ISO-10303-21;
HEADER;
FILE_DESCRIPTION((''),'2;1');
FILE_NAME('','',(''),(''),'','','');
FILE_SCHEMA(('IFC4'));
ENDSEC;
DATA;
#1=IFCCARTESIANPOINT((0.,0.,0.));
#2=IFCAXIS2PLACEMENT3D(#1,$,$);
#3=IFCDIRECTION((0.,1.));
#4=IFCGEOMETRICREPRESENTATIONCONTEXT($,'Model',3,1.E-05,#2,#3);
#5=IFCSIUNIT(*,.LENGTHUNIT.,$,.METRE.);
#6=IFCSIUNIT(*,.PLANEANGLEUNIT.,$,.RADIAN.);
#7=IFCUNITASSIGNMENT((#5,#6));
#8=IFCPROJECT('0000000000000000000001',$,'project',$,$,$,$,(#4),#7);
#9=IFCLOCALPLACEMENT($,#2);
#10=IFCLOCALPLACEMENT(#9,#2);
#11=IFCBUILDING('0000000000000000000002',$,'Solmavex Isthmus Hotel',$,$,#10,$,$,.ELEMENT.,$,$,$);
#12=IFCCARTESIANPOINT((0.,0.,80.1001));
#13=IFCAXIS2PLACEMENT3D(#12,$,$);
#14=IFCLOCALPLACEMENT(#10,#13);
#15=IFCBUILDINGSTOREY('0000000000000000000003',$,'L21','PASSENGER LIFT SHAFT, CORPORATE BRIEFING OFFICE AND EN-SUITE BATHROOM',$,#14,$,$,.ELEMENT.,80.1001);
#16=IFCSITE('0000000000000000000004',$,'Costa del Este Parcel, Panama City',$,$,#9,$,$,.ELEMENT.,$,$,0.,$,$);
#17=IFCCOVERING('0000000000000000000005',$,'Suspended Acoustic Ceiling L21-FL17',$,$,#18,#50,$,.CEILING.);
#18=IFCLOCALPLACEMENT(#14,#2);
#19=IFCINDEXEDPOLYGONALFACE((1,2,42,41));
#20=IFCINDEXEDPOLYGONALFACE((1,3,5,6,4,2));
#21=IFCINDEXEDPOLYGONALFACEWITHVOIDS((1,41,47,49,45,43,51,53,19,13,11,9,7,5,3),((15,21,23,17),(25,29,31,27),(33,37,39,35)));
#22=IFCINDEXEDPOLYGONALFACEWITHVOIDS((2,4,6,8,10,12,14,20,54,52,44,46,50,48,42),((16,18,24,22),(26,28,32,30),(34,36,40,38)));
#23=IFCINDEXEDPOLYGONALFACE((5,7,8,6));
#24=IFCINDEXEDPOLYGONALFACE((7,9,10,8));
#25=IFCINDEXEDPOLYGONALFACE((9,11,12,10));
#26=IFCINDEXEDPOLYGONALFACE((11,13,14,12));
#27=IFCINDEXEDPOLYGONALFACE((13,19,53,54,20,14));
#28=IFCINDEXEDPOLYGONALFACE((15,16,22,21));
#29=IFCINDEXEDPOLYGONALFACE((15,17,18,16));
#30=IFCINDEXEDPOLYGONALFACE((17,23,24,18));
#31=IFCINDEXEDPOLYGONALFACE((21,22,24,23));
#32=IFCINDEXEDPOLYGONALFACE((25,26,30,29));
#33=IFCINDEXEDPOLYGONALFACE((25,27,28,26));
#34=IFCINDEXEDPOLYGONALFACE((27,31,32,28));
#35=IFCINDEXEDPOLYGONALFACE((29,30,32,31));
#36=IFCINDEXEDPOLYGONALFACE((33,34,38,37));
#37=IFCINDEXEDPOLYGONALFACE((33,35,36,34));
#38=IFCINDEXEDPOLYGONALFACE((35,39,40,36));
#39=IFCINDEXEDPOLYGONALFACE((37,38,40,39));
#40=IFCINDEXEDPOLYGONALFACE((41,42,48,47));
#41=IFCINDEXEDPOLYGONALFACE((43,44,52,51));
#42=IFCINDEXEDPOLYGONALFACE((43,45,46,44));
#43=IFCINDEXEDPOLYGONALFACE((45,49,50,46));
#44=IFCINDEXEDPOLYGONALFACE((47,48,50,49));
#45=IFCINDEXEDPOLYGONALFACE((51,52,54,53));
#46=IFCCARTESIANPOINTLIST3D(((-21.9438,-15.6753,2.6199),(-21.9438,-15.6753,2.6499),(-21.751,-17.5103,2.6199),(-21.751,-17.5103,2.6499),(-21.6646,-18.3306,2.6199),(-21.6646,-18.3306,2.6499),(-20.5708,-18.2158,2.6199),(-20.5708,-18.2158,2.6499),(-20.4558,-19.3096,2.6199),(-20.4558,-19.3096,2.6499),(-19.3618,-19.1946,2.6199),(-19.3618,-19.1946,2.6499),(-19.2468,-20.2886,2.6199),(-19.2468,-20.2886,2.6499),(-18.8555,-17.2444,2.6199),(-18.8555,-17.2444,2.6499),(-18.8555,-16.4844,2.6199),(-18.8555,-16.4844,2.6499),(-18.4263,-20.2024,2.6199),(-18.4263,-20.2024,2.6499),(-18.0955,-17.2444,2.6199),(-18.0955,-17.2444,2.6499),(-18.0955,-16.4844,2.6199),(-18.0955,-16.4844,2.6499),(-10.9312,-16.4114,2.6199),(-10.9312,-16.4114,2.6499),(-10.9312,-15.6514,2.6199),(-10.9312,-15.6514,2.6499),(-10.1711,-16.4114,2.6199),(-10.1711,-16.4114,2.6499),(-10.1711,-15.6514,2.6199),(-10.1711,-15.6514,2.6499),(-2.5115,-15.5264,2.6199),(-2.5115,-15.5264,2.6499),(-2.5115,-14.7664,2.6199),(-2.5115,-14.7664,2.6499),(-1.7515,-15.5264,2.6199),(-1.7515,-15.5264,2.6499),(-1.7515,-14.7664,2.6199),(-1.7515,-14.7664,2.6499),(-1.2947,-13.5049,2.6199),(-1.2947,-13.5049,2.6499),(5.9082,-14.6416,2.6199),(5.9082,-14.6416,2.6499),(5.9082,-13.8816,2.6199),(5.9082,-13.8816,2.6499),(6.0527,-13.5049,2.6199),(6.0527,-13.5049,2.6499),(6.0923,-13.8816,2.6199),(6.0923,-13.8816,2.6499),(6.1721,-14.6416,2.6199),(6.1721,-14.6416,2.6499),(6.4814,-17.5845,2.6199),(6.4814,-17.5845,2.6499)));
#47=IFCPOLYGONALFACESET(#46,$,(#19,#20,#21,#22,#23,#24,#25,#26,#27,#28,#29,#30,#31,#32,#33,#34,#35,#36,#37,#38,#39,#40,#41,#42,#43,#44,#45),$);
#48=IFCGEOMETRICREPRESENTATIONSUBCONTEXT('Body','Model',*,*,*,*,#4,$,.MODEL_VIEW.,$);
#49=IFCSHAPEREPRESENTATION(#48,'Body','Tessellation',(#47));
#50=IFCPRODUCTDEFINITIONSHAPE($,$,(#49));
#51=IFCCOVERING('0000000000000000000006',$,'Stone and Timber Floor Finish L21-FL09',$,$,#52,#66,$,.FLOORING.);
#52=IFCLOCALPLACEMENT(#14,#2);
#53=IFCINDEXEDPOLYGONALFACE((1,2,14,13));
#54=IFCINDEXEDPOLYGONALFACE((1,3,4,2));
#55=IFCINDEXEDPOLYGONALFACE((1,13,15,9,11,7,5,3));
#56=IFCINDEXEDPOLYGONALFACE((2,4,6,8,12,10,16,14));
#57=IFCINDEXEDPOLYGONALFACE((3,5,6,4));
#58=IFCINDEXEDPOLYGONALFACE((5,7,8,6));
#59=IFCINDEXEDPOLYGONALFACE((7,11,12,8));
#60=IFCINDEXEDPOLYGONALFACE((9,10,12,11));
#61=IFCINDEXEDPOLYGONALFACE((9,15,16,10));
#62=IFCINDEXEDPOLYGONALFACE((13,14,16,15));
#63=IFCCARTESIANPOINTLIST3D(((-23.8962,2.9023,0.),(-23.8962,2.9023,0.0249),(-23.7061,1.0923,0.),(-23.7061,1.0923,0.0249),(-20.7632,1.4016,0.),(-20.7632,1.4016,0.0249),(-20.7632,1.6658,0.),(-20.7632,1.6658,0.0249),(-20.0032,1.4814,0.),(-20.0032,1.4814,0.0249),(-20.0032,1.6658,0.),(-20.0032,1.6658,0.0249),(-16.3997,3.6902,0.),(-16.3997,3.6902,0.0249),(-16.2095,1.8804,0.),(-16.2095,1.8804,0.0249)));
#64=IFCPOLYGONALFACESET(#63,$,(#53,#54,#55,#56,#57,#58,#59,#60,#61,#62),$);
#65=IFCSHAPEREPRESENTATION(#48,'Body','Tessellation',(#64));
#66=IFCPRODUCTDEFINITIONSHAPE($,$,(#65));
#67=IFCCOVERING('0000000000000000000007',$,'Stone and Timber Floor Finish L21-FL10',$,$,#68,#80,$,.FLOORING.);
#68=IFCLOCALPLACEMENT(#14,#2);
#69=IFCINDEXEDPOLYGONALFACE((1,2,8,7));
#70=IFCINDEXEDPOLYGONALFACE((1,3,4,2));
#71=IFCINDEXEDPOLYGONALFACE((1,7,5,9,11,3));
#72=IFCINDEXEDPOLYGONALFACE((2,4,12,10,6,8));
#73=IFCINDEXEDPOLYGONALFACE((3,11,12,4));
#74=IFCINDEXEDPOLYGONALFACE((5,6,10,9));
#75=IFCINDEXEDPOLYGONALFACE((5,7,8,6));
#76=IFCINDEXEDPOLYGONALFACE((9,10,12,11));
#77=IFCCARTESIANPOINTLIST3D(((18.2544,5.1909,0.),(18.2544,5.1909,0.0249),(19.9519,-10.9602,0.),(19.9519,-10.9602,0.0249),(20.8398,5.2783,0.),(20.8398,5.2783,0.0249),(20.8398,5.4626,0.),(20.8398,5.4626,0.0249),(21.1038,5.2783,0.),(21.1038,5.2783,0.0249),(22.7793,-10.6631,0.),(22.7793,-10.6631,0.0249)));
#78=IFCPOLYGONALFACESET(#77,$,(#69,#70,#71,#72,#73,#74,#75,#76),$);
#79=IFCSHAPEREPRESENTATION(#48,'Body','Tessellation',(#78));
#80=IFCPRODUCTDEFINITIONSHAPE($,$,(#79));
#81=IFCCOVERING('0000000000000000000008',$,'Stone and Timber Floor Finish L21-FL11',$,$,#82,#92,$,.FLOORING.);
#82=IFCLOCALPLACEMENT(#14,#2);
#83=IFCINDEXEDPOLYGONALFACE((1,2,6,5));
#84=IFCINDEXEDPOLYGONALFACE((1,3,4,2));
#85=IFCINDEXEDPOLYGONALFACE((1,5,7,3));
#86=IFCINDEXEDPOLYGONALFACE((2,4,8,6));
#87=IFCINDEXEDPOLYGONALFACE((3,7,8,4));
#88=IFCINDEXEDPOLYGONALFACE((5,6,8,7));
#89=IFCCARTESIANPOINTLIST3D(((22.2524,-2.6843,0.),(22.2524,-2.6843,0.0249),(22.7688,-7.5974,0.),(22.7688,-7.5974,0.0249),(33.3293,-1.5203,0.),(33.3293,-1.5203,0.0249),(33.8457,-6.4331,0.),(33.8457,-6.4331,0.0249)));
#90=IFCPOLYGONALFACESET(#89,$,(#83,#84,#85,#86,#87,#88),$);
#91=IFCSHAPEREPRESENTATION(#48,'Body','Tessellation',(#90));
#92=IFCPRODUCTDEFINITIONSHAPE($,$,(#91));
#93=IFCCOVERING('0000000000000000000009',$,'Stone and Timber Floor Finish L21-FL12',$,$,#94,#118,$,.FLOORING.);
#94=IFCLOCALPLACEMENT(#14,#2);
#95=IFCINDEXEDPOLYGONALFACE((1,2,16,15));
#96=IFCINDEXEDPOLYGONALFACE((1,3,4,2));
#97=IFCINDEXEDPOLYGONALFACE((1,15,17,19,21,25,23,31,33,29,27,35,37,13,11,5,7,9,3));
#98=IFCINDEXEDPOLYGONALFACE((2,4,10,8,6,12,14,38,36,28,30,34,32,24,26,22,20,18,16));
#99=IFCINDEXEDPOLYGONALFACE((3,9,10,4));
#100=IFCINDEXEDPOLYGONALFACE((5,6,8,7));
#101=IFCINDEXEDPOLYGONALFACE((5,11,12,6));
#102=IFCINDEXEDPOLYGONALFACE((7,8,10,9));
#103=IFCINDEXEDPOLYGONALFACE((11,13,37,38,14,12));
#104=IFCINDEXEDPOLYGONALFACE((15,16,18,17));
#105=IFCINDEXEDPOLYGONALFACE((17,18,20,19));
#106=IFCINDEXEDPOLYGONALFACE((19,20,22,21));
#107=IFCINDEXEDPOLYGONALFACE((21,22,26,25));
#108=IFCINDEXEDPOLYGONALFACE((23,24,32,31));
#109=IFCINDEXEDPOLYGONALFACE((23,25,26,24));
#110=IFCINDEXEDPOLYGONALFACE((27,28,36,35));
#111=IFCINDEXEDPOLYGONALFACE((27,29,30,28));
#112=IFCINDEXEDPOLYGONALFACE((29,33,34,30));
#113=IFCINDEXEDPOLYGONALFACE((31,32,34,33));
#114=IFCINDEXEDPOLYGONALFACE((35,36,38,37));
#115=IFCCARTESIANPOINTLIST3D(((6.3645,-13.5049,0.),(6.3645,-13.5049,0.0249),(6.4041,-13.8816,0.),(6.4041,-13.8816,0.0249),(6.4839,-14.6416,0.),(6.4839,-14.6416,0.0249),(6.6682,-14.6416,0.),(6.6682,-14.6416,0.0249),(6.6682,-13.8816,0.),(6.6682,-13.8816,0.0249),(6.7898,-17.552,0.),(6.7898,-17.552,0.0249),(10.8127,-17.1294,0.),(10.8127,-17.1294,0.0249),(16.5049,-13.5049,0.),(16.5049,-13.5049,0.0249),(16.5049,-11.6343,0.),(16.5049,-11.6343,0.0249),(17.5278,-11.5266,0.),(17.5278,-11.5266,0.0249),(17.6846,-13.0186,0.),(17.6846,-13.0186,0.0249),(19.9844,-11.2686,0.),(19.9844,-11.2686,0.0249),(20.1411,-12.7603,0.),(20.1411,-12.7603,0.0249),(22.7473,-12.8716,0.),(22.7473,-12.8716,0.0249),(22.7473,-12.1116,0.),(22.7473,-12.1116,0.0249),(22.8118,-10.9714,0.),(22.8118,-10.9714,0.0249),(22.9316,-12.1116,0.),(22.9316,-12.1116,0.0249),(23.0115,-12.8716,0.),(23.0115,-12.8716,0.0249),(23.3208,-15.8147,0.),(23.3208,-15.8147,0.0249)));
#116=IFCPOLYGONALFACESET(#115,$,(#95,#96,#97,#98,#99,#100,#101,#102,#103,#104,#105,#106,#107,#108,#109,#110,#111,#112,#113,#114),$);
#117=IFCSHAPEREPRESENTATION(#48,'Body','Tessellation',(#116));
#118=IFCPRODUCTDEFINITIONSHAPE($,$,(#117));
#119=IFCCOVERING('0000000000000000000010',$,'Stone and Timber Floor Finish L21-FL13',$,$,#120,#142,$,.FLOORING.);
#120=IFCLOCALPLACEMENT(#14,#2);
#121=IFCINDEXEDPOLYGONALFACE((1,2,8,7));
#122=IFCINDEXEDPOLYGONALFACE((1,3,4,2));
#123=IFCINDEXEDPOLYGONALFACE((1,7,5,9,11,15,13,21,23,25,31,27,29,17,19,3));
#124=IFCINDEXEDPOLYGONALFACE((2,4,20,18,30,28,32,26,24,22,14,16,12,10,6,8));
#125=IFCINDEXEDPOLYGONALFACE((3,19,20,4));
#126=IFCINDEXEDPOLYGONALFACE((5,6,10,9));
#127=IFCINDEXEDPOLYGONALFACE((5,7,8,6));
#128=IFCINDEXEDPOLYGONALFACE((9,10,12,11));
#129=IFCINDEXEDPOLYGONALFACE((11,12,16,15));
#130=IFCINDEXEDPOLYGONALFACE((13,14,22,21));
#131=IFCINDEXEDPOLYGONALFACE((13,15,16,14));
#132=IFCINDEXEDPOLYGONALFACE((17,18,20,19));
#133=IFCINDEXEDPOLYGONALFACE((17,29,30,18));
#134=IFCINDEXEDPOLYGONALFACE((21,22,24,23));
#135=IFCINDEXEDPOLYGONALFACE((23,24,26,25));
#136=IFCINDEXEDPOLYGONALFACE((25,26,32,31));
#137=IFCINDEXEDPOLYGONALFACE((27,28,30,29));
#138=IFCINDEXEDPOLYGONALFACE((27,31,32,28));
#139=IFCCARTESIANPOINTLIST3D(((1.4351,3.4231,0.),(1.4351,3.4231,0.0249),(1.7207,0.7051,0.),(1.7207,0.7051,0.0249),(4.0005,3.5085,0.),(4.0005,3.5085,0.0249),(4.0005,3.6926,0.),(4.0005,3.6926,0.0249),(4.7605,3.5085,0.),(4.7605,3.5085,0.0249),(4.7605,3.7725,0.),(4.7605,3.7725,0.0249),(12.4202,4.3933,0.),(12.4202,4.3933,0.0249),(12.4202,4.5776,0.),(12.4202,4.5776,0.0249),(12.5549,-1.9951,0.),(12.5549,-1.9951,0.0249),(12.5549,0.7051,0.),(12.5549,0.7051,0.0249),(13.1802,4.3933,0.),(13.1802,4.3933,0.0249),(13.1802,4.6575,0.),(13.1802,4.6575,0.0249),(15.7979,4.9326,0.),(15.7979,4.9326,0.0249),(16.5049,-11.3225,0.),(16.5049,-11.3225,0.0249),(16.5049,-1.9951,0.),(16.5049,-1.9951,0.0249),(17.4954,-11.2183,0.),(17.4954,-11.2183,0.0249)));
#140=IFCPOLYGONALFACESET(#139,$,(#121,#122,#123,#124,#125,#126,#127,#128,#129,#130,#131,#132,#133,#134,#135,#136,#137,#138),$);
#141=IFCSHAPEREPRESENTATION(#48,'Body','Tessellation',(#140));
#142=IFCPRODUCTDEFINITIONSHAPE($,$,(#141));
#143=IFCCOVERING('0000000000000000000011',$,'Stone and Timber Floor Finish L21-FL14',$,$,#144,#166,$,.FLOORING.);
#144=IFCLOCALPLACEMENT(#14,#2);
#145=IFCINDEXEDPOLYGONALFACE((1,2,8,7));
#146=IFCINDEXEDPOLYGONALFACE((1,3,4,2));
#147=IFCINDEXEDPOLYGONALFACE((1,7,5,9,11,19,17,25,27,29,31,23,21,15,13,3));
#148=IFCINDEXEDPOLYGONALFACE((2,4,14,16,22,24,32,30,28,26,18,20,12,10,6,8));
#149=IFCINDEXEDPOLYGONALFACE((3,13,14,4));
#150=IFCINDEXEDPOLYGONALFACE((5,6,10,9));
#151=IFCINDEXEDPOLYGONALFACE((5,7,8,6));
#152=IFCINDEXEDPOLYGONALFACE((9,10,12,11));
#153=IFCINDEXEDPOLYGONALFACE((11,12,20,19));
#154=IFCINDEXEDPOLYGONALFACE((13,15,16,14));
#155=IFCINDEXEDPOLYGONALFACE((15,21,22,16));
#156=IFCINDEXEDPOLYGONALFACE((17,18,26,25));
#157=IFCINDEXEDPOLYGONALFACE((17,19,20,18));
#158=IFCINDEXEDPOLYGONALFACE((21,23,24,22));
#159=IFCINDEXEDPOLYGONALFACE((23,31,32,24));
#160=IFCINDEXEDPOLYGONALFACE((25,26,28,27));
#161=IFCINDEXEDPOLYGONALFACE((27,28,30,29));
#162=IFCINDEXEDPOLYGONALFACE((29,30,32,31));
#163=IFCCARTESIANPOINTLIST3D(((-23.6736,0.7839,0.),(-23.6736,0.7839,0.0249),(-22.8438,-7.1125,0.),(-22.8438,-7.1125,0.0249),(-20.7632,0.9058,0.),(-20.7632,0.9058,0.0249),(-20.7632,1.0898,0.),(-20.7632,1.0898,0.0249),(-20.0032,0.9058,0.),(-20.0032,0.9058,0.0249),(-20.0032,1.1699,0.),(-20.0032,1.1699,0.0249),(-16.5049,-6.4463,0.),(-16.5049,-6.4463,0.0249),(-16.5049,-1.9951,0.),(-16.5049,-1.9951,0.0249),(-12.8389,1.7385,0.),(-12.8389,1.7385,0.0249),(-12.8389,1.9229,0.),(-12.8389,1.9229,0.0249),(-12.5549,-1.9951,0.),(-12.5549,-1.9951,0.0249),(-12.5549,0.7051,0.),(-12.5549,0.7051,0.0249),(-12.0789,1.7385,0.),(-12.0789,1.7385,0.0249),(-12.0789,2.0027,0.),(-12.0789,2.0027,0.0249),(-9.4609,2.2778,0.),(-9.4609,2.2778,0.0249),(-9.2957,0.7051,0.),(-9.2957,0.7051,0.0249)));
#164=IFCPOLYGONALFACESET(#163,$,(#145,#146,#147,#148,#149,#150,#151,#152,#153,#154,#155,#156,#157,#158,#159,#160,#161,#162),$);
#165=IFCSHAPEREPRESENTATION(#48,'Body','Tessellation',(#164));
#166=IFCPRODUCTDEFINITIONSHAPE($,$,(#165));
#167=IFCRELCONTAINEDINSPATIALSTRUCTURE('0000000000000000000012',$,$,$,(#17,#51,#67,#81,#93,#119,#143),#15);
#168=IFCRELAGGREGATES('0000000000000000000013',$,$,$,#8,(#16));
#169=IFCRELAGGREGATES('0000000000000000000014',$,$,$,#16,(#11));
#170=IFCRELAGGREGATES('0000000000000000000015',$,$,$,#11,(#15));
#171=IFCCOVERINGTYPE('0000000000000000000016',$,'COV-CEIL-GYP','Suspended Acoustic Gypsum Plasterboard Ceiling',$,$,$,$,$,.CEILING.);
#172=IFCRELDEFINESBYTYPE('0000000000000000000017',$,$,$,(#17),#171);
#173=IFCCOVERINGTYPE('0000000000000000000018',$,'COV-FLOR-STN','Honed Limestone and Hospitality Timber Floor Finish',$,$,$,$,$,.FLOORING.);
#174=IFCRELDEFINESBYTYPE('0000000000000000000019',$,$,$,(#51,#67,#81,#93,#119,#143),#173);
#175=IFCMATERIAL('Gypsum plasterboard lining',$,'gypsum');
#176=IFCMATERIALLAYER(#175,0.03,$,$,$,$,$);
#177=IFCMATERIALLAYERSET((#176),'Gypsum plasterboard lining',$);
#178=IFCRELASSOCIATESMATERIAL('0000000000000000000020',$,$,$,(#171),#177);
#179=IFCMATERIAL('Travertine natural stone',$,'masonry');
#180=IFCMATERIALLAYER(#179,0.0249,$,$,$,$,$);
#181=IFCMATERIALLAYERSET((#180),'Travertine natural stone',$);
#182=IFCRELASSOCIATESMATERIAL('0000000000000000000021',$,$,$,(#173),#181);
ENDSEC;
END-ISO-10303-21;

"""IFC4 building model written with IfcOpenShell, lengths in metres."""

from ifc_helpers import new_model, si_unit, direction, frame, origin, place, context, subcontext, project, spatial, polyline, outline, extrude, material, layer, layer_set, type_object, element, save


model = new_model("IFC4")

# Units and contexts
model_context = context("Model", 3, precision=1e-05, world=origin(), true_north=direction((0.0, 1.0)))
body_context = subcontext(model_context, "Body", "Model", "MODEL_VIEW")
ifc_project = project(units=[si_unit("LENGTHUNIT", "METRE"), si_unit("PLANEANGLEUNIT", "RADIAN")], contexts=[model_context])

# Site, building, storey
site_placement = place(None, origin())
site = spatial("IfcSite", under=ifc_project, at=site_placement, Name="Costa del Este Parcel, Panama City", CompositionType="ELEMENT", RefElevation=0.0)
building_placement = place(site_placement, origin())
building = spatial("IfcBuilding", under=site, at=building_placement, Name="Solmavex Isthmus Hotel", CompositionType="ELEMENT")
storey_placement = place(building_placement, frame((0.0, 0.0, 80.1001)))
storey = spatial("IfcBuildingStorey", under=building, at=storey_placement, Name="L21", Description="PASSENGER LIFT SHAFT, CORPORATE BRIEFING OFFICE AND EN-SUITE BATHROOM", CompositionType="ELEMENT", Elevation=80.1001)

# Shared definitions
ifc_material_1 = material(Name="Gypsum plasterboard lining", Category="gypsum")

# Coverings
ifc_layer_1 = layer(ifc_material_1, 0.03)
ifc_layer_set_1 = layer_set([ifc_layer_1], Name="Gypsum plasterboard lining")
covering_type_1 = type_object("IfcCoveringType", Name="COV-CEIL-GYP", Description="Suspended Acoustic Gypsum Plasterboard Ceiling", PredefinedType="CEILING", material=ifc_layer_set_1)
covering_1_placement = place(storey_placement, frame((0.0, 0.0, 2.6199)))
element("IfcCovering", 1, at=covering_1_placement, inside=storey, type_object=covering_type_1, Name="Suspended Acoustic Ceiling L21-FL17", PredefinedType="CEILING", context=body_context, shape_type="SweptSolid", body=[
    extrude(outline(polyline([(6.1721, -14.6416), (5.9082, -14.6416), (5.9082, -13.8816), (6.0923, -13.8816), (6.0527, -13.5049), (-1.2947, -13.5049), (-21.9438, -15.6753), (-21.751, -17.5103), (-21.6646, -18.3306), (-20.5708, -18.2158), (-20.4558, -19.3096), (-19.3618, -19.1946), (-19.2468, -20.2886), (-18.4263, -20.2024), (6.4814, -17.5845), (6.1721, -14.6416)]), holes=[polyline([(-2.5115, -15.5264), (-2.5115, -14.7664), (-1.7515, -14.7664), (-1.7515, -15.5264), (-2.5115, -15.5264)]), polyline([(-10.9312, -16.4114), (-10.9312, -15.6514), (-10.1711, -15.6514), (-10.1711, -16.4114), (-10.9312, -16.4114)]), polyline([(-18.8555, -17.2444), (-18.8555, -16.4844), (-18.0955, -16.4844), (-18.0955, -17.2444), (-18.8555, -17.2444)])]), origin(), (0.0, 0.0, 1.0), 0.03),
])
ifc_material_2 = material(Name="Travertine natural stone", Category="masonry")
ifc_layer_2 = layer(ifc_material_2, 0.0249)
ifc_layer_set_2 = layer_set([ifc_layer_2], Name="Travertine natural stone")
covering_type_2 = type_object("IfcCoveringType", Name="COV-FLOR-STN", Description="Honed Limestone and Hospitality Timber Floor Finish", PredefinedType="FLOORING", material=ifc_layer_set_2)
covering_2_placement = place(storey_placement, origin())
element("IfcCovering", 2, at=covering_2_placement, inside=storey, type_object=covering_type_2, Name="Stone and Timber Floor Finish L21-FL09", PredefinedType="FLOORING", context=body_context, shape_type="SweptSolid", body=[
    extrude(outline(polyline([(-16.2095, 1.8804), (-16.3997, 3.6902), (-23.8962, 2.9023), (-23.7061, 1.0923), (-20.7632, 1.4016), (-20.7632, 1.6658), (-20.0032, 1.6658), (-20.0032, 1.4814), (-16.2095, 1.8804)])), origin(), (0.0, 0.0, 1.0), 0.0249),
])
covering_3_placement = place(storey_placement, origin())
element("IfcCovering", 3, at=covering_3_placement, inside=storey, type_object=covering_type_2, Name="Stone and Timber Floor Finish L21-FL10", PredefinedType="FLOORING", context=body_context, shape_type="SweptSolid", body=[
    extrude(outline(polyline([(21.1038, 5.2783), (20.8398, 5.2783), (20.8398, 5.4626), (18.2544, 5.1909), (19.9519, -10.9602), (22.7793, -10.6631), (21.1038, 5.2783)])), origin(), (0.0, 0.0, 1.0), 0.0249),
])
covering_4_placement = place(storey_placement, origin())
element("IfcCovering", 4, at=covering_4_placement, inside=storey, type_object=covering_type_2, Name="Stone and Timber Floor Finish L21-FL11", PredefinedType="FLOORING", context=body_context, shape_type="SweptSolid", body=[
    extrude(outline(polyline([(33.3293, -1.5203), (22.2524, -2.6843), (22.7688, -7.5974), (33.8457, -6.4331), (33.3293, -1.5203)])), origin(), (0.0, 0.0, 1.0), 0.0249),
])
covering_5_placement = place(storey_placement, origin())
element("IfcCovering", 5, at=covering_5_placement, inside=storey, type_object=covering_type_2, Name="Stone and Timber Floor Finish L21-FL12", PredefinedType="FLOORING", context=body_context, shape_type="SweptSolid", body=[
    extrude(outline(polyline([(23.0115, -12.8716), (22.7473, -12.8716), (22.7473, -12.1116), (22.9316, -12.1116), (22.8118, -10.9714), (19.9844, -11.2686), (20.1411, -12.7603), (17.6846, -13.0186), (17.5278, -11.5266), (16.5049, -11.6343), (16.5049, -13.5049), (6.3645, -13.5049), (6.4041, -13.8816), (6.6682, -13.8816), (6.6682, -14.6416), (6.4839, -14.6416), (6.7898, -17.552), (10.8127, -17.1294), (23.3208, -15.8147), (23.0115, -12.8716)])), origin(), (0.0, 0.0, 1.0), 0.0249),
])
covering_6_placement = place(storey_placement, origin())
element("IfcCovering", 6, at=covering_6_placement, inside=storey, type_object=covering_type_2, Name="Stone and Timber Floor Finish L21-FL13", PredefinedType="FLOORING", context=body_context, shape_type="SweptSolid", body=[
    extrude(outline(polyline([(4.7605, 3.7725), (4.7605, 3.5085), (4.0005, 3.5085), (4.0005, 3.6926), (1.4351, 3.4231), (1.7207, 0.7051), (12.5549, 0.7051), (12.5549, -1.9951), (16.5049, -1.9951), (16.5049, -11.3225), (17.4954, -11.2183), (15.7979, 4.9326), (13.1802, 4.6575), (13.1802, 4.3933), (12.4202, 4.3933), (12.4202, 4.5776), (4.7605, 3.7725)])), origin(), (0.0, 0.0, 1.0), 0.0249),
])
covering_7_placement = place(storey_placement, origin())
element("IfcCovering", 7, at=covering_7_placement, inside=storey, type_object=covering_type_2, Name="Stone and Timber Floor Finish L21-FL14", PredefinedType="FLOORING", context=body_context, shape_type="SweptSolid", body=[
    extrude(outline(polyline([(-20.0032, 1.1699), (-20.0032, 0.9058), (-20.7632, 0.9058), (-20.7632, 1.0898), (-23.6736, 0.7839), (-22.8438, -7.1125), (-16.5049, -6.4463), (-16.5049, -1.9951), (-12.5549, -1.9951), (-12.5549, 0.7051), (-9.2957, 0.7051), (-9.4609, 2.2778), (-12.0789, 2.0027), (-12.0789, 1.7385), (-12.8389, 1.7385), (-12.8389, 1.9229), (-20.0032, 1.1699)])), origin(), (0.0, 0.0, 1.0), 0.0249),
])

save(model, "model.ifc")
